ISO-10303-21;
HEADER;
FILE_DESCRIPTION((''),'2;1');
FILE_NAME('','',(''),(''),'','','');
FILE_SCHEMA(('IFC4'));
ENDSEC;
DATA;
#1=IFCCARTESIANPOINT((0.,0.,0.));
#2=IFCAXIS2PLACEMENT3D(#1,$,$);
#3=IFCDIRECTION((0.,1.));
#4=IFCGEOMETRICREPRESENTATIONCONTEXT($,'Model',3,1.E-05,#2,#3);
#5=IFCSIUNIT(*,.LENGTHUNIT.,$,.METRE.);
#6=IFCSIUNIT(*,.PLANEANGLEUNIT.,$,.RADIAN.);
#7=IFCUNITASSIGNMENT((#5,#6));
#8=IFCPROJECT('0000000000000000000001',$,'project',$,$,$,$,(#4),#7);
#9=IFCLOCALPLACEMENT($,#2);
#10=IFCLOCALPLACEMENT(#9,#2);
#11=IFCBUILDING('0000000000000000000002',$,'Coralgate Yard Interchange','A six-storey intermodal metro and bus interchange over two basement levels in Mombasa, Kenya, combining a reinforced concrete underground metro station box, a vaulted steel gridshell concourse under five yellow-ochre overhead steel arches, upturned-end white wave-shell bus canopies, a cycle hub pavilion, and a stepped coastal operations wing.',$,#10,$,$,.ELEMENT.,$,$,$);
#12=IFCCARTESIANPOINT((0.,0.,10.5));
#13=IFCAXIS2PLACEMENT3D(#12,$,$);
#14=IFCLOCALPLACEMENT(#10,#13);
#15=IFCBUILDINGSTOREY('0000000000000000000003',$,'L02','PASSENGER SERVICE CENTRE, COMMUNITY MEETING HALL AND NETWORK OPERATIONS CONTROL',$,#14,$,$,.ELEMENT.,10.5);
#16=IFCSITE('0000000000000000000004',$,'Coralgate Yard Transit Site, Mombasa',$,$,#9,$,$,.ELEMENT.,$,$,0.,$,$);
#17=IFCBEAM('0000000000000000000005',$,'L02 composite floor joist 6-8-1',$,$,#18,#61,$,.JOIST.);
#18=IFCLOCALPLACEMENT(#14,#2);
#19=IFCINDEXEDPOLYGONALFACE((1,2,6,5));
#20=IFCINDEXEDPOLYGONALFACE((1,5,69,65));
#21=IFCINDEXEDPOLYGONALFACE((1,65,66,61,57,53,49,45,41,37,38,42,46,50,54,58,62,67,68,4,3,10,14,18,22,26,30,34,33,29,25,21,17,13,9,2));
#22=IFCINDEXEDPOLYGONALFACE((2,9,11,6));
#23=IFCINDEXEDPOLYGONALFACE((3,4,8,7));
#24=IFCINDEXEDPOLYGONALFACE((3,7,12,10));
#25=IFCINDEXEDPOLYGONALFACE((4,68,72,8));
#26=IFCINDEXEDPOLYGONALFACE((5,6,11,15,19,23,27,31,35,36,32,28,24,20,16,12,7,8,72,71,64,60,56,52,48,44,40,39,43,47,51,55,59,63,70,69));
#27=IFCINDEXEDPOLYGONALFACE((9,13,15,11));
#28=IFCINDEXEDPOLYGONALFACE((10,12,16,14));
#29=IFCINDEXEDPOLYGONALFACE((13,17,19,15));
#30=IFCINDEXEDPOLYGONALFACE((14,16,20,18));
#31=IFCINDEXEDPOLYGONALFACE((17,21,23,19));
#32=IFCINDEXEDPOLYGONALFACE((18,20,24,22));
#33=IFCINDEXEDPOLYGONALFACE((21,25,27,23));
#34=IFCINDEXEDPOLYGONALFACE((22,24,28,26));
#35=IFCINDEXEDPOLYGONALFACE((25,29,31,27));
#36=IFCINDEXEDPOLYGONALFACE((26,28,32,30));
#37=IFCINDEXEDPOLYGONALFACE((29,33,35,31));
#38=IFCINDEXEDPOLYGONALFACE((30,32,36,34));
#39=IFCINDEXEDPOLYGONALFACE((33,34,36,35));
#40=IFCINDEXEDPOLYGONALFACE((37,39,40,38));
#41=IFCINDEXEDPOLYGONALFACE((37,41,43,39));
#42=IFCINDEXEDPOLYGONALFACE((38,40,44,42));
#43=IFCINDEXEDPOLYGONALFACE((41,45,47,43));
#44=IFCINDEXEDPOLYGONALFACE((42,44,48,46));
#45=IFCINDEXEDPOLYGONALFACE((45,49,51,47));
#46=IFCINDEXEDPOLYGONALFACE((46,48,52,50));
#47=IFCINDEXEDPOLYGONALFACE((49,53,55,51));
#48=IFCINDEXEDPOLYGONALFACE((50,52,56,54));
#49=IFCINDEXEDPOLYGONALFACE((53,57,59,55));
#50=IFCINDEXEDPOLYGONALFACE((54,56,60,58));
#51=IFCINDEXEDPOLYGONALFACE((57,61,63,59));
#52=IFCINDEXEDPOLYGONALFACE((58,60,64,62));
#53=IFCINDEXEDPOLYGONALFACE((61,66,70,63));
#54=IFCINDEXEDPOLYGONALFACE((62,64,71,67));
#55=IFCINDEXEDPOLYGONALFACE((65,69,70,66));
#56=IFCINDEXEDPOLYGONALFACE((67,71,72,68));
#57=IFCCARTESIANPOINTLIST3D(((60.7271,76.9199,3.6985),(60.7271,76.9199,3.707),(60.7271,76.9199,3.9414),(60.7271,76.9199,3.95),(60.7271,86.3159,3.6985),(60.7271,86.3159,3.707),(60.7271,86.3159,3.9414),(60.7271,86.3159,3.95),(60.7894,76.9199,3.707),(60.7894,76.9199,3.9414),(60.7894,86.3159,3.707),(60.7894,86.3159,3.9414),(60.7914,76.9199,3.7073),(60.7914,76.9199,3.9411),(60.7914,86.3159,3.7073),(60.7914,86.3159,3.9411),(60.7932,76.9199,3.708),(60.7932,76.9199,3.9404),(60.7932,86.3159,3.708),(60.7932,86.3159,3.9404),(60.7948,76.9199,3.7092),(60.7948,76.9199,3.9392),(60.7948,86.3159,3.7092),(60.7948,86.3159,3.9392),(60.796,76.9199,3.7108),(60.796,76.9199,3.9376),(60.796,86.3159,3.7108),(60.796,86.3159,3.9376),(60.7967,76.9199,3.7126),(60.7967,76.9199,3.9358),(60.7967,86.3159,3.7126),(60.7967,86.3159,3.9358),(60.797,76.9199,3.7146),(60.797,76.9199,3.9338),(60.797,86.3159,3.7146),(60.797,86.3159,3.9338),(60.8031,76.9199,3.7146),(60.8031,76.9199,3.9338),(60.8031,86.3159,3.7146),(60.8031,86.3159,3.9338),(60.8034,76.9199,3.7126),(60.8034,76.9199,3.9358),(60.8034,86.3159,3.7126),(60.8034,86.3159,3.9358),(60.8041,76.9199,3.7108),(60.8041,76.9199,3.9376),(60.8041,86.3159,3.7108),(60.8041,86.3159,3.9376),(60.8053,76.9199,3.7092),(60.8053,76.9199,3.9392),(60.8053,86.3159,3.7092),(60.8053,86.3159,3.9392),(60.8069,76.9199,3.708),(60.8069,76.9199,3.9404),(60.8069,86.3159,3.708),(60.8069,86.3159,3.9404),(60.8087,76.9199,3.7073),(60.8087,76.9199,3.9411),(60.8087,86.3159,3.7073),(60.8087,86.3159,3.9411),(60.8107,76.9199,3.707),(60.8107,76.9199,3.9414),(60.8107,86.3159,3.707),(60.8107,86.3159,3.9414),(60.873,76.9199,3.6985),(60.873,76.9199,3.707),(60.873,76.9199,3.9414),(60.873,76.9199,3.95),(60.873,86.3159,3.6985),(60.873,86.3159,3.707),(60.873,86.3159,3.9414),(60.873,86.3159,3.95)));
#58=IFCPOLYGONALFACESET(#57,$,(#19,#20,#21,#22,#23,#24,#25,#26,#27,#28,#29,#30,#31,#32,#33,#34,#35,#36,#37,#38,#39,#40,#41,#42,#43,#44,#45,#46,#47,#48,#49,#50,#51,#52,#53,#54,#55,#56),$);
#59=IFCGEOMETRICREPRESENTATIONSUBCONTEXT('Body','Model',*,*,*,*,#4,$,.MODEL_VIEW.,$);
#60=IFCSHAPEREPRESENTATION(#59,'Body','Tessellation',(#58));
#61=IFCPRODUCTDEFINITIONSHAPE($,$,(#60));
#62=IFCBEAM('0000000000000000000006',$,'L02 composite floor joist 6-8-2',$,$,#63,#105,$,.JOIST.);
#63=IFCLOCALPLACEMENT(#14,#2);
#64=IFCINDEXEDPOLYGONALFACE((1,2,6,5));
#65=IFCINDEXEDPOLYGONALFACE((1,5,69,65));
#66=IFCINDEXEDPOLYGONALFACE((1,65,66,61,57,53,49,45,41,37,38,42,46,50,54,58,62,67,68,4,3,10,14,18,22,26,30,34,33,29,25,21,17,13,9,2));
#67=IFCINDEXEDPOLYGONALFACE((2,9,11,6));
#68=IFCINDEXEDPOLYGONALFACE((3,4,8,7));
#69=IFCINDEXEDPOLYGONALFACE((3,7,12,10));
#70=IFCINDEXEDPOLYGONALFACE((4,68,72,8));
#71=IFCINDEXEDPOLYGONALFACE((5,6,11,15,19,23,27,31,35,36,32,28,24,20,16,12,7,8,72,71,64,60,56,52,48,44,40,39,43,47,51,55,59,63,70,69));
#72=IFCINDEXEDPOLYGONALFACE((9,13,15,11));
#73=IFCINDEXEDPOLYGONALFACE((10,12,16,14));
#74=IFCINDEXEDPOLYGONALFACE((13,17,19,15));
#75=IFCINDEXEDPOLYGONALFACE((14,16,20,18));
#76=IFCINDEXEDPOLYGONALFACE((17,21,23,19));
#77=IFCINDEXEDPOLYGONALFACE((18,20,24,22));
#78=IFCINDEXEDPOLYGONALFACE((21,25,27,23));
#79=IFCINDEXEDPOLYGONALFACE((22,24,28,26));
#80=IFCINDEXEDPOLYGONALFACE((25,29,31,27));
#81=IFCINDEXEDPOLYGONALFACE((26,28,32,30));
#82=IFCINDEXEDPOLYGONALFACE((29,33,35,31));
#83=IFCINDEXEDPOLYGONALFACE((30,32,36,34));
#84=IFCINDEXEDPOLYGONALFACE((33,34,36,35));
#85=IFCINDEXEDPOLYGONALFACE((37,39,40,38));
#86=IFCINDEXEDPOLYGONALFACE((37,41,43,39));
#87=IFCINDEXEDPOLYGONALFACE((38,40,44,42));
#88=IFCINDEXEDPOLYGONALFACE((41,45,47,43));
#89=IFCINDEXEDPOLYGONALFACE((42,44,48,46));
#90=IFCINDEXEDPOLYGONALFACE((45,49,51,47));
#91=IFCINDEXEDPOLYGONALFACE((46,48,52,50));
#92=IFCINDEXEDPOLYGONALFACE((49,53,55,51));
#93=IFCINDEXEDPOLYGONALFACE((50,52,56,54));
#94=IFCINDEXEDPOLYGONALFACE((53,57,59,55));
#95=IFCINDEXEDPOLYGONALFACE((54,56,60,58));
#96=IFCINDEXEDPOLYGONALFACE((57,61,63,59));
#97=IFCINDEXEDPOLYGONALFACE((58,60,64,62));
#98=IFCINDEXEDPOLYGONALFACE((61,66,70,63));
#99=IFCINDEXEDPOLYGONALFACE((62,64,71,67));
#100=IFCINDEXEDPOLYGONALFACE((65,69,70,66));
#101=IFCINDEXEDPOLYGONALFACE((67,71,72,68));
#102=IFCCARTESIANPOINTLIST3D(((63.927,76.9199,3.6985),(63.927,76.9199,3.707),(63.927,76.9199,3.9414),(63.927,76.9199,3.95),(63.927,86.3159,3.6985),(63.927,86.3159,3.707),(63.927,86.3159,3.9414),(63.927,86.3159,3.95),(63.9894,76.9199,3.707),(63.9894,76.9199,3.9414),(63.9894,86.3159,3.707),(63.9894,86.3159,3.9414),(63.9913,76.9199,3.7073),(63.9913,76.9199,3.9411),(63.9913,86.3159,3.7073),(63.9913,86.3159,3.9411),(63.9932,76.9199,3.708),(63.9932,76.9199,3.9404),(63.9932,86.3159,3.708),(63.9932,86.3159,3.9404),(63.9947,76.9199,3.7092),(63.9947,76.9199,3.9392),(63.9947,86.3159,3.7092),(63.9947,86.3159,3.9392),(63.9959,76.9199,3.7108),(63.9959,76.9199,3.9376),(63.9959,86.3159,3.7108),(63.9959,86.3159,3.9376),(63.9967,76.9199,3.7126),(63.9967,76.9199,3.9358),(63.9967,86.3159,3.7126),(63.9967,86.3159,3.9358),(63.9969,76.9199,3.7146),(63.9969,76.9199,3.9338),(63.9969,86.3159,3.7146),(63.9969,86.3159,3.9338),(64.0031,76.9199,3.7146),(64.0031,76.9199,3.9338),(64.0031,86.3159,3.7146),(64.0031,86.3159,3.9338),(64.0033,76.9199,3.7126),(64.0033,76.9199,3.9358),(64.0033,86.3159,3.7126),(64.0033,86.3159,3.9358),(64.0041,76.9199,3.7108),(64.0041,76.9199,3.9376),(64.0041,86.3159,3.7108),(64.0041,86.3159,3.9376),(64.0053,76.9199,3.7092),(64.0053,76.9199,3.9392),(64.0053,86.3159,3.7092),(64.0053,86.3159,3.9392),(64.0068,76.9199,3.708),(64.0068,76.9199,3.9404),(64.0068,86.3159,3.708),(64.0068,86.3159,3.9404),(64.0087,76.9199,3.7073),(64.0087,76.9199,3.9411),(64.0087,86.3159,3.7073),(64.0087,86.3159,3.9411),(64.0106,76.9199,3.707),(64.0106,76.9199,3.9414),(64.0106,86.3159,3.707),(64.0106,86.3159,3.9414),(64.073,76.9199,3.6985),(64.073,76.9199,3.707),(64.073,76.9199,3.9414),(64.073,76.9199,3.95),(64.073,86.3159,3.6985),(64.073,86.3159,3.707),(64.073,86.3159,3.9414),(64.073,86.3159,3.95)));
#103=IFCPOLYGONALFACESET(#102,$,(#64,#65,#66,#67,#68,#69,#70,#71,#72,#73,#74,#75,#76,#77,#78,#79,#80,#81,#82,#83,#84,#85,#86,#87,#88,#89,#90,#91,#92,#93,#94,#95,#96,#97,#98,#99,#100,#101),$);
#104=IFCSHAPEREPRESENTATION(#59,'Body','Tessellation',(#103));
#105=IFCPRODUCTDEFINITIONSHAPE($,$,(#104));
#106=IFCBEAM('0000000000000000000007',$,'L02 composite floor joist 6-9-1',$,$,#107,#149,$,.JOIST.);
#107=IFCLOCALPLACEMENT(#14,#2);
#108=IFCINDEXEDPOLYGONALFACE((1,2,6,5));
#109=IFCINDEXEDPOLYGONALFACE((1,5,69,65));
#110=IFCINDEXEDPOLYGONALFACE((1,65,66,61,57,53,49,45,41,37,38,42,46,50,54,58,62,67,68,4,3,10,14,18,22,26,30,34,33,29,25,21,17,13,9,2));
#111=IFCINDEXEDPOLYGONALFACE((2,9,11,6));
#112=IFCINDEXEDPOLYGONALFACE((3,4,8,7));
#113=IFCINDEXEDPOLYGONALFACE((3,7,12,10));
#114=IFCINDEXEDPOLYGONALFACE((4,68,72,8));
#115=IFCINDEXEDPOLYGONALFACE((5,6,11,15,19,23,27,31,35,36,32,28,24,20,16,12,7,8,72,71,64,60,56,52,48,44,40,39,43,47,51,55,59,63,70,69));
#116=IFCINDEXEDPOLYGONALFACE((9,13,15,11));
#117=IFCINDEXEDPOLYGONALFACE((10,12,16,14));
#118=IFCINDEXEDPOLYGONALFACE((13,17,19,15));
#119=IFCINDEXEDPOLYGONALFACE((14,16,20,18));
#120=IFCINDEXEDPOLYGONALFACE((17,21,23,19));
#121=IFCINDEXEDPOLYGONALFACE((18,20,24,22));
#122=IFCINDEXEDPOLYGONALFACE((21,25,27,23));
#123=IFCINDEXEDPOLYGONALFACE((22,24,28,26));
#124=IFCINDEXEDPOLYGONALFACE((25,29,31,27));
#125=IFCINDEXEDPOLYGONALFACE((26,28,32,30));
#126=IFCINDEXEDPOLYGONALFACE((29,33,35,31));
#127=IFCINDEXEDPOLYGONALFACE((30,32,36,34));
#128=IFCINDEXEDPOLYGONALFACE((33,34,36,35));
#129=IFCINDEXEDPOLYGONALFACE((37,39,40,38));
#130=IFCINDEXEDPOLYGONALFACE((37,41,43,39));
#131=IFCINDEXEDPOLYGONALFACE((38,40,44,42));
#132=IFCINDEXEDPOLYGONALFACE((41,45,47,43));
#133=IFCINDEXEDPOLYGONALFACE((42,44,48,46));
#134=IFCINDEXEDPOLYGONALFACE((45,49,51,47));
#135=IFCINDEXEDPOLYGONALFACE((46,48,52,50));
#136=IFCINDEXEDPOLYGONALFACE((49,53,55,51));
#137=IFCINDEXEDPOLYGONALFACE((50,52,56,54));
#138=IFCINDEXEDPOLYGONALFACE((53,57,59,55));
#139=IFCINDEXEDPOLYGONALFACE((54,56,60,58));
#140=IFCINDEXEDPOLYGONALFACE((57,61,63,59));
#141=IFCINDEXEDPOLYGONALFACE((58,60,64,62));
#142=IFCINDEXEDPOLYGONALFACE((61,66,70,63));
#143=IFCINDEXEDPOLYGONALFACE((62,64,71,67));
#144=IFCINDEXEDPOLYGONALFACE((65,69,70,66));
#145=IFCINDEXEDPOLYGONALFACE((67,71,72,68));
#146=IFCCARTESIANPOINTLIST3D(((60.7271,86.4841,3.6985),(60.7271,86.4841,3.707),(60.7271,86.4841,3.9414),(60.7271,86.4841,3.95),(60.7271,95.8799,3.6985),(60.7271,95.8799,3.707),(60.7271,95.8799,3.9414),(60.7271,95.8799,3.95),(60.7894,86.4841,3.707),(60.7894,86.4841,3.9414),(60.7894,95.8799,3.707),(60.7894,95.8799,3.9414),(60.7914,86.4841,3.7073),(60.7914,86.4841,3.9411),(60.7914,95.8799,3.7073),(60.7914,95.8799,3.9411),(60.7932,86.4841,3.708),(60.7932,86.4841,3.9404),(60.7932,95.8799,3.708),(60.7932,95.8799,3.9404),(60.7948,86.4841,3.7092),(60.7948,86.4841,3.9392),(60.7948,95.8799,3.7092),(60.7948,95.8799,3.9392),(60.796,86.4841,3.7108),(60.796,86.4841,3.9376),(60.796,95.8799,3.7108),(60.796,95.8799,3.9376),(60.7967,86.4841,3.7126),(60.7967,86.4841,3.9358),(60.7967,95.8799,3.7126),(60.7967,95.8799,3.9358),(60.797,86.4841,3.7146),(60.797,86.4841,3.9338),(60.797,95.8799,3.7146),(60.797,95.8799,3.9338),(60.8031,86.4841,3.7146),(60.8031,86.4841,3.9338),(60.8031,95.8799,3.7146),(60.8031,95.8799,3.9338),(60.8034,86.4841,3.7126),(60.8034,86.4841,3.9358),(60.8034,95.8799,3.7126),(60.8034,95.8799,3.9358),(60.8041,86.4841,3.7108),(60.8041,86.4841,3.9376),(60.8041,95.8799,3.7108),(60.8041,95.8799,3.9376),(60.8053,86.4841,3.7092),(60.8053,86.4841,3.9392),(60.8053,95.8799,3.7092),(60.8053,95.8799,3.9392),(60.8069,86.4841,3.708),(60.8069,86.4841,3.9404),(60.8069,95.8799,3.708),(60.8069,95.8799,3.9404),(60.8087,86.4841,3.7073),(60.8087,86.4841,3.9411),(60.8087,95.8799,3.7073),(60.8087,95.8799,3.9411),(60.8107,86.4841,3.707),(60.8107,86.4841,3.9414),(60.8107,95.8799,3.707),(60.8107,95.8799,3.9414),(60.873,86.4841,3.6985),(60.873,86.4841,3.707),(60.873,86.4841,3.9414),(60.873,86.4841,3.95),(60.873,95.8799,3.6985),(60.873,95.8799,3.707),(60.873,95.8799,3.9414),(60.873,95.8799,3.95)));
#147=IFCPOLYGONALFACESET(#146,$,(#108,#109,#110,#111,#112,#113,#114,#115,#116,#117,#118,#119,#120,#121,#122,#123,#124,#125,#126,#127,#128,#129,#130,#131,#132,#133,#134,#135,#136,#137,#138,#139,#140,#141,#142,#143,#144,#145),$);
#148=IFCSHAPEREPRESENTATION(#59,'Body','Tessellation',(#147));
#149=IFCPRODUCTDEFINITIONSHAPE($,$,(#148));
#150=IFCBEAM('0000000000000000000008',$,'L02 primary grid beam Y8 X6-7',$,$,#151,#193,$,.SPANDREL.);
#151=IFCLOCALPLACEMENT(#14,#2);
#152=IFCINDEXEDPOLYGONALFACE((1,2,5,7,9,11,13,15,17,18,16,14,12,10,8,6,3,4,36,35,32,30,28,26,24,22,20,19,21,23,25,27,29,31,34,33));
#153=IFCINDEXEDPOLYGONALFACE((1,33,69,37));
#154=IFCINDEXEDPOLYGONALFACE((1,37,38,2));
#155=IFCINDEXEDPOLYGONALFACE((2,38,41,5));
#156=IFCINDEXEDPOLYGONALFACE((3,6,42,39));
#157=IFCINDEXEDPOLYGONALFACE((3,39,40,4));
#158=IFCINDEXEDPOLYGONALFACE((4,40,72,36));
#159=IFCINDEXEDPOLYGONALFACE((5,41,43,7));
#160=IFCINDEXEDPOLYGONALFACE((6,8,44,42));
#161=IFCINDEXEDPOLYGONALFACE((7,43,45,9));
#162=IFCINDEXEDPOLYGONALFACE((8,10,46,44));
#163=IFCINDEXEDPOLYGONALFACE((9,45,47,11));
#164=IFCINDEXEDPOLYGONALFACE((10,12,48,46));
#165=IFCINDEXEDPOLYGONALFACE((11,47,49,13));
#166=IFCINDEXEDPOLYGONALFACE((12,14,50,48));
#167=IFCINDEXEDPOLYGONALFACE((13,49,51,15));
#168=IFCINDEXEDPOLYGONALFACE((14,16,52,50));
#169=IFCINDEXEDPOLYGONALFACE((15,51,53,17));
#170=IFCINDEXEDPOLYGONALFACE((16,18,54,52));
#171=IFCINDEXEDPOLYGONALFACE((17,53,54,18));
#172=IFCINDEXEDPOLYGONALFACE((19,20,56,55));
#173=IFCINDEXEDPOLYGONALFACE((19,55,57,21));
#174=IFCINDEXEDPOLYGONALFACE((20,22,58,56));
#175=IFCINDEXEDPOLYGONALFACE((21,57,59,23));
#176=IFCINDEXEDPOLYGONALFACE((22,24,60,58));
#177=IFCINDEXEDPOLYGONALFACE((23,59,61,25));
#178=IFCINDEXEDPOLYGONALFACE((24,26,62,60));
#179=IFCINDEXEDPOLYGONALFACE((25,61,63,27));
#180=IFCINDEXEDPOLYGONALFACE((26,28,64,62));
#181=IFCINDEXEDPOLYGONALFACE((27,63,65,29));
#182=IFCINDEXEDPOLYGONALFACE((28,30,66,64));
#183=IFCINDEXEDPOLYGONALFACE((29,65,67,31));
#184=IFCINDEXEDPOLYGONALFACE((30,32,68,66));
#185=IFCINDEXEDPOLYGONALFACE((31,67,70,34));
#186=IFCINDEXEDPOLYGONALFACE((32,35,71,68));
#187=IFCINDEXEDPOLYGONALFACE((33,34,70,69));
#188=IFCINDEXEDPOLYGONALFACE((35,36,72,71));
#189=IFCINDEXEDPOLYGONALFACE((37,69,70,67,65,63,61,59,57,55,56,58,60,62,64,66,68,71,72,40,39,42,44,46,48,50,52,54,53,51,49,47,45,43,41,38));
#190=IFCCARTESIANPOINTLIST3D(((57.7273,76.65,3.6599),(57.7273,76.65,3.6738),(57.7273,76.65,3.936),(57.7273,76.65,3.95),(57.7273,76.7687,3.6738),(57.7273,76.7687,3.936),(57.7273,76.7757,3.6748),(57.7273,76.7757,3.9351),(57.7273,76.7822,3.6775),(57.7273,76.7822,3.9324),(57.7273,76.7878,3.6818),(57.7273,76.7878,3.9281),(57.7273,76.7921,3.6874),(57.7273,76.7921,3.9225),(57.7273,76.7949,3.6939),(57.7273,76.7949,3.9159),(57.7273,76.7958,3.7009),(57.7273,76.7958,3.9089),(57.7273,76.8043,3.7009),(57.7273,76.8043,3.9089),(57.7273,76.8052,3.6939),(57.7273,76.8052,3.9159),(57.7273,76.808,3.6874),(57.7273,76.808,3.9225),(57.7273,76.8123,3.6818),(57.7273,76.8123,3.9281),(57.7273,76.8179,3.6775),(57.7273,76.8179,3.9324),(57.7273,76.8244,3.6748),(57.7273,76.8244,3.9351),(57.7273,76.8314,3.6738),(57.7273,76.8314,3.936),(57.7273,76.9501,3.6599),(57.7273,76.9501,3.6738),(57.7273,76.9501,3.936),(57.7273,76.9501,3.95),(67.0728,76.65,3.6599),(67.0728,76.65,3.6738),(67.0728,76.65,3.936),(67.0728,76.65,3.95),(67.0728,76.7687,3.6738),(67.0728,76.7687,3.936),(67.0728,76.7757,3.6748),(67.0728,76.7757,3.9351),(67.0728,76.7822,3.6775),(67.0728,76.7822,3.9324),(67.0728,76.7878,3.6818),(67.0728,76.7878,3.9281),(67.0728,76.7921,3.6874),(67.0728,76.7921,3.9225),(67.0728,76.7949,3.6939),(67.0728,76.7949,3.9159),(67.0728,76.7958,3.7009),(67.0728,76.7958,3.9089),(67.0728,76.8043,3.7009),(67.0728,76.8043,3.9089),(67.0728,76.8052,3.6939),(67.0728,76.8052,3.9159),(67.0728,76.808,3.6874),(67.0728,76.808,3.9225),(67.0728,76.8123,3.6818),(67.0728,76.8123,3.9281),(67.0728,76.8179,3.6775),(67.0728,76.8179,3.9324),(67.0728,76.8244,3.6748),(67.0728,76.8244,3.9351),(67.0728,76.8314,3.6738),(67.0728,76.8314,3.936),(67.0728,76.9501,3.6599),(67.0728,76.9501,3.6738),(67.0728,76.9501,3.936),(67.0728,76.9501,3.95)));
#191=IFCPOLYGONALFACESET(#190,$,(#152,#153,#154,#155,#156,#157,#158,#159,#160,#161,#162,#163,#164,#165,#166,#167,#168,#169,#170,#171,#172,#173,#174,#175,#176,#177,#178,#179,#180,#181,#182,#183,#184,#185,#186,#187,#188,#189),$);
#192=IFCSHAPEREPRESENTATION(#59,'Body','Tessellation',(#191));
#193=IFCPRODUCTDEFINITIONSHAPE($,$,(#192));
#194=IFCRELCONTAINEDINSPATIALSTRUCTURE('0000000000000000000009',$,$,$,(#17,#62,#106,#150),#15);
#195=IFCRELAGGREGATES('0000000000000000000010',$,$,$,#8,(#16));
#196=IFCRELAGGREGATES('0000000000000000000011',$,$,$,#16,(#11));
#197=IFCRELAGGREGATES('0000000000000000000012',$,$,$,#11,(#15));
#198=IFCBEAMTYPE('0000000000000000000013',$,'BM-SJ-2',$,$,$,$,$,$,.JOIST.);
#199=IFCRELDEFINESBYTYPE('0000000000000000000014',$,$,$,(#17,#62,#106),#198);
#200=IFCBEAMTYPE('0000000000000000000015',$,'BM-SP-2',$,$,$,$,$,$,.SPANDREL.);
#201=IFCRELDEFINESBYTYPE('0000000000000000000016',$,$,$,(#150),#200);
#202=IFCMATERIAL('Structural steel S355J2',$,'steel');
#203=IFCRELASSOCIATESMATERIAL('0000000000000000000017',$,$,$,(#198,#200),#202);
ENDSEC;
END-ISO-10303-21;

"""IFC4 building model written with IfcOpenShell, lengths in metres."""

from ifc_helpers import new_model, si_unit, direction, frame, origin, origin_2d, place, context, subcontext, project, spatial, i_section, extrude, material, material_profile, profile_set, type_object, element, save


model = new_model("IFC4")

# Units and contexts
model_context = context("Model", 3, precision=1e-05, world=origin(), true_north=direction((0.0, 1.0)))
body_context = subcontext(model_context, "Body", "Model", "MODEL_VIEW")
ifc_project = project(units=[si_unit("LENGTHUNIT", "METRE"), si_unit("PLANEANGLEUNIT", "RADIAN")], contexts=[model_context])

# Site, building, storey
site_placement = place(None, origin())
site = spatial("IfcSite", under=ifc_project, at=site_placement, Name="Coralgate Yard Transit Site, Mombasa", CompositionType="ELEMENT", RefElevation=0.0)
building_placement = place(site_placement, origin())
building = spatial("IfcBuilding", under=site, at=building_placement, Name="Coralgate Yard Interchange", Description="A six-storey intermodal metro and bus interchange over two basement levels in Mombasa, Kenya, combining a reinforced concrete underground metro station box, a vaulted steel gridshell concourse under five yellow-ochre overhead steel arches, upturned-end white wave-shell bus canopies, a cycle hub pavilion, and a stepped coastal operations wing.", CompositionType="ELEMENT")
storey_placement = place(building_placement, frame((0.0, 0.0, 10.5)))
storey = spatial("IfcBuildingStorey", under=building, at=storey_placement, Name="L02", Description="PASSENGER SERVICE CENTRE, COMMUNITY MEETING HALL AND NETWORK OPERATIONS CONTROL", CompositionType="ELEMENT", Elevation=10.5)

# Shared definitions
ifc_material_1 = material(Name="Structural steel S355J2", Category="steel")

# Beams
ifc_material_profile_1 = material_profile(ifc_material_1, i_section(OverallWidth=0.146, OverallDepth=0.2515, WebThickness=0.0061, FlangeThickness=0.0085, FilletRadius=0.0076, at=origin_2d()), Name="UB 254x146x31")
ifc_profile_set_1 = profile_set([ifc_material_profile_1], Name="Structural steel S355J2")
beam_type_1 = type_object("IfcBeamType", Name="BM-SJ-2", PredefinedType="JOIST", material=ifc_profile_set_1)
for number, where, z_axis, x_axis, name in (
    (1, (60.8, 76.9199, 3.8242), (0.0, 1.0, 0.0), (-1.0, 0.0, 0.0), "L02 composite floor joist 6-8-1"),
    (2, (64.0, 76.9199, 3.8242), (0.0, 1.0, 0.0), (-1.0, 0.0, 0.0), "L02 composite floor joist 6-8-2"),
):
    element("IfcBeam", number, at=place(storey_placement, frame(where, z_axis=z_axis, x_axis=x_axis)), inside=storey, type_object=beam_type_1, Name=name, PredefinedType="JOIST", context=body_context, shape_type="SweptSolid", body=[
        extrude(i_section(OverallWidth=0.146, OverallDepth=0.2515, WebThickness=0.0061, FlangeThickness=0.0085, FilletRadius=0.0076, at=origin_2d()), origin(), (0.0, 0.0, 1.0), 9.396),
    ])
beam_1_placement = place(storey_placement, frame((60.8, 86.4841, 3.8242), z_axis=(0.0, 1.0, 0.0), x_axis=(-1.0, 0.0, 0.0)))
element("IfcBeam", 3, at=beam_1_placement, inside=storey, type_object=beam_type_1, Name="L02 composite floor joist 6-9-1", PredefinedType="JOIST", context=body_context, shape_type="SweptSolid", body=[
    extrude(i_section(OverallWidth=0.146, OverallDepth=0.2515, WebThickness=0.0061, FlangeThickness=0.0085, FilletRadius=0.0076, at=origin_2d()), origin(), (0.0, 0.0, 1.0), 9.3958),
])
ifc_material_profile_2 = material_profile(ifc_material_1, i_section(OverallWidth=0.3, OverallDepth=0.29, WebThickness=0.0085, FlangeThickness=0.0139, FilletRadius=0.0271, at=origin_2d()), Name="HEA 300")
ifc_profile_set_2 = profile_set([ifc_material_profile_2], Name="Structural steel S355J2")
beam_type_2 = type_object("IfcBeamType", Name="BM-SP-2", PredefinedType="SPANDREL", material=ifc_profile_set_2)
beam_2_placement = place(storey_placement, frame((57.7273, 76.8, 3.8049), z_axis=(1.0, 0.0, 0.0), x_axis=(0.0, 1.0, 0.0)))
element("IfcBeam", 4, at=beam_2_placement, inside=storey, type_object=beam_type_2, Name="L02 primary grid beam Y8 X6-7", PredefinedType="SPANDREL", context=body_context, shape_type="SweptSolid", body=[
    extrude(i_section(OverallWidth=0.3, OverallDepth=0.29, WebThickness=0.0085, FlangeThickness=0.0139, FilletRadius=0.0271, at=origin_2d()), origin(), (0.0, 0.0, 1.0), 9.3455),
])

save(model, "model.ifc")
